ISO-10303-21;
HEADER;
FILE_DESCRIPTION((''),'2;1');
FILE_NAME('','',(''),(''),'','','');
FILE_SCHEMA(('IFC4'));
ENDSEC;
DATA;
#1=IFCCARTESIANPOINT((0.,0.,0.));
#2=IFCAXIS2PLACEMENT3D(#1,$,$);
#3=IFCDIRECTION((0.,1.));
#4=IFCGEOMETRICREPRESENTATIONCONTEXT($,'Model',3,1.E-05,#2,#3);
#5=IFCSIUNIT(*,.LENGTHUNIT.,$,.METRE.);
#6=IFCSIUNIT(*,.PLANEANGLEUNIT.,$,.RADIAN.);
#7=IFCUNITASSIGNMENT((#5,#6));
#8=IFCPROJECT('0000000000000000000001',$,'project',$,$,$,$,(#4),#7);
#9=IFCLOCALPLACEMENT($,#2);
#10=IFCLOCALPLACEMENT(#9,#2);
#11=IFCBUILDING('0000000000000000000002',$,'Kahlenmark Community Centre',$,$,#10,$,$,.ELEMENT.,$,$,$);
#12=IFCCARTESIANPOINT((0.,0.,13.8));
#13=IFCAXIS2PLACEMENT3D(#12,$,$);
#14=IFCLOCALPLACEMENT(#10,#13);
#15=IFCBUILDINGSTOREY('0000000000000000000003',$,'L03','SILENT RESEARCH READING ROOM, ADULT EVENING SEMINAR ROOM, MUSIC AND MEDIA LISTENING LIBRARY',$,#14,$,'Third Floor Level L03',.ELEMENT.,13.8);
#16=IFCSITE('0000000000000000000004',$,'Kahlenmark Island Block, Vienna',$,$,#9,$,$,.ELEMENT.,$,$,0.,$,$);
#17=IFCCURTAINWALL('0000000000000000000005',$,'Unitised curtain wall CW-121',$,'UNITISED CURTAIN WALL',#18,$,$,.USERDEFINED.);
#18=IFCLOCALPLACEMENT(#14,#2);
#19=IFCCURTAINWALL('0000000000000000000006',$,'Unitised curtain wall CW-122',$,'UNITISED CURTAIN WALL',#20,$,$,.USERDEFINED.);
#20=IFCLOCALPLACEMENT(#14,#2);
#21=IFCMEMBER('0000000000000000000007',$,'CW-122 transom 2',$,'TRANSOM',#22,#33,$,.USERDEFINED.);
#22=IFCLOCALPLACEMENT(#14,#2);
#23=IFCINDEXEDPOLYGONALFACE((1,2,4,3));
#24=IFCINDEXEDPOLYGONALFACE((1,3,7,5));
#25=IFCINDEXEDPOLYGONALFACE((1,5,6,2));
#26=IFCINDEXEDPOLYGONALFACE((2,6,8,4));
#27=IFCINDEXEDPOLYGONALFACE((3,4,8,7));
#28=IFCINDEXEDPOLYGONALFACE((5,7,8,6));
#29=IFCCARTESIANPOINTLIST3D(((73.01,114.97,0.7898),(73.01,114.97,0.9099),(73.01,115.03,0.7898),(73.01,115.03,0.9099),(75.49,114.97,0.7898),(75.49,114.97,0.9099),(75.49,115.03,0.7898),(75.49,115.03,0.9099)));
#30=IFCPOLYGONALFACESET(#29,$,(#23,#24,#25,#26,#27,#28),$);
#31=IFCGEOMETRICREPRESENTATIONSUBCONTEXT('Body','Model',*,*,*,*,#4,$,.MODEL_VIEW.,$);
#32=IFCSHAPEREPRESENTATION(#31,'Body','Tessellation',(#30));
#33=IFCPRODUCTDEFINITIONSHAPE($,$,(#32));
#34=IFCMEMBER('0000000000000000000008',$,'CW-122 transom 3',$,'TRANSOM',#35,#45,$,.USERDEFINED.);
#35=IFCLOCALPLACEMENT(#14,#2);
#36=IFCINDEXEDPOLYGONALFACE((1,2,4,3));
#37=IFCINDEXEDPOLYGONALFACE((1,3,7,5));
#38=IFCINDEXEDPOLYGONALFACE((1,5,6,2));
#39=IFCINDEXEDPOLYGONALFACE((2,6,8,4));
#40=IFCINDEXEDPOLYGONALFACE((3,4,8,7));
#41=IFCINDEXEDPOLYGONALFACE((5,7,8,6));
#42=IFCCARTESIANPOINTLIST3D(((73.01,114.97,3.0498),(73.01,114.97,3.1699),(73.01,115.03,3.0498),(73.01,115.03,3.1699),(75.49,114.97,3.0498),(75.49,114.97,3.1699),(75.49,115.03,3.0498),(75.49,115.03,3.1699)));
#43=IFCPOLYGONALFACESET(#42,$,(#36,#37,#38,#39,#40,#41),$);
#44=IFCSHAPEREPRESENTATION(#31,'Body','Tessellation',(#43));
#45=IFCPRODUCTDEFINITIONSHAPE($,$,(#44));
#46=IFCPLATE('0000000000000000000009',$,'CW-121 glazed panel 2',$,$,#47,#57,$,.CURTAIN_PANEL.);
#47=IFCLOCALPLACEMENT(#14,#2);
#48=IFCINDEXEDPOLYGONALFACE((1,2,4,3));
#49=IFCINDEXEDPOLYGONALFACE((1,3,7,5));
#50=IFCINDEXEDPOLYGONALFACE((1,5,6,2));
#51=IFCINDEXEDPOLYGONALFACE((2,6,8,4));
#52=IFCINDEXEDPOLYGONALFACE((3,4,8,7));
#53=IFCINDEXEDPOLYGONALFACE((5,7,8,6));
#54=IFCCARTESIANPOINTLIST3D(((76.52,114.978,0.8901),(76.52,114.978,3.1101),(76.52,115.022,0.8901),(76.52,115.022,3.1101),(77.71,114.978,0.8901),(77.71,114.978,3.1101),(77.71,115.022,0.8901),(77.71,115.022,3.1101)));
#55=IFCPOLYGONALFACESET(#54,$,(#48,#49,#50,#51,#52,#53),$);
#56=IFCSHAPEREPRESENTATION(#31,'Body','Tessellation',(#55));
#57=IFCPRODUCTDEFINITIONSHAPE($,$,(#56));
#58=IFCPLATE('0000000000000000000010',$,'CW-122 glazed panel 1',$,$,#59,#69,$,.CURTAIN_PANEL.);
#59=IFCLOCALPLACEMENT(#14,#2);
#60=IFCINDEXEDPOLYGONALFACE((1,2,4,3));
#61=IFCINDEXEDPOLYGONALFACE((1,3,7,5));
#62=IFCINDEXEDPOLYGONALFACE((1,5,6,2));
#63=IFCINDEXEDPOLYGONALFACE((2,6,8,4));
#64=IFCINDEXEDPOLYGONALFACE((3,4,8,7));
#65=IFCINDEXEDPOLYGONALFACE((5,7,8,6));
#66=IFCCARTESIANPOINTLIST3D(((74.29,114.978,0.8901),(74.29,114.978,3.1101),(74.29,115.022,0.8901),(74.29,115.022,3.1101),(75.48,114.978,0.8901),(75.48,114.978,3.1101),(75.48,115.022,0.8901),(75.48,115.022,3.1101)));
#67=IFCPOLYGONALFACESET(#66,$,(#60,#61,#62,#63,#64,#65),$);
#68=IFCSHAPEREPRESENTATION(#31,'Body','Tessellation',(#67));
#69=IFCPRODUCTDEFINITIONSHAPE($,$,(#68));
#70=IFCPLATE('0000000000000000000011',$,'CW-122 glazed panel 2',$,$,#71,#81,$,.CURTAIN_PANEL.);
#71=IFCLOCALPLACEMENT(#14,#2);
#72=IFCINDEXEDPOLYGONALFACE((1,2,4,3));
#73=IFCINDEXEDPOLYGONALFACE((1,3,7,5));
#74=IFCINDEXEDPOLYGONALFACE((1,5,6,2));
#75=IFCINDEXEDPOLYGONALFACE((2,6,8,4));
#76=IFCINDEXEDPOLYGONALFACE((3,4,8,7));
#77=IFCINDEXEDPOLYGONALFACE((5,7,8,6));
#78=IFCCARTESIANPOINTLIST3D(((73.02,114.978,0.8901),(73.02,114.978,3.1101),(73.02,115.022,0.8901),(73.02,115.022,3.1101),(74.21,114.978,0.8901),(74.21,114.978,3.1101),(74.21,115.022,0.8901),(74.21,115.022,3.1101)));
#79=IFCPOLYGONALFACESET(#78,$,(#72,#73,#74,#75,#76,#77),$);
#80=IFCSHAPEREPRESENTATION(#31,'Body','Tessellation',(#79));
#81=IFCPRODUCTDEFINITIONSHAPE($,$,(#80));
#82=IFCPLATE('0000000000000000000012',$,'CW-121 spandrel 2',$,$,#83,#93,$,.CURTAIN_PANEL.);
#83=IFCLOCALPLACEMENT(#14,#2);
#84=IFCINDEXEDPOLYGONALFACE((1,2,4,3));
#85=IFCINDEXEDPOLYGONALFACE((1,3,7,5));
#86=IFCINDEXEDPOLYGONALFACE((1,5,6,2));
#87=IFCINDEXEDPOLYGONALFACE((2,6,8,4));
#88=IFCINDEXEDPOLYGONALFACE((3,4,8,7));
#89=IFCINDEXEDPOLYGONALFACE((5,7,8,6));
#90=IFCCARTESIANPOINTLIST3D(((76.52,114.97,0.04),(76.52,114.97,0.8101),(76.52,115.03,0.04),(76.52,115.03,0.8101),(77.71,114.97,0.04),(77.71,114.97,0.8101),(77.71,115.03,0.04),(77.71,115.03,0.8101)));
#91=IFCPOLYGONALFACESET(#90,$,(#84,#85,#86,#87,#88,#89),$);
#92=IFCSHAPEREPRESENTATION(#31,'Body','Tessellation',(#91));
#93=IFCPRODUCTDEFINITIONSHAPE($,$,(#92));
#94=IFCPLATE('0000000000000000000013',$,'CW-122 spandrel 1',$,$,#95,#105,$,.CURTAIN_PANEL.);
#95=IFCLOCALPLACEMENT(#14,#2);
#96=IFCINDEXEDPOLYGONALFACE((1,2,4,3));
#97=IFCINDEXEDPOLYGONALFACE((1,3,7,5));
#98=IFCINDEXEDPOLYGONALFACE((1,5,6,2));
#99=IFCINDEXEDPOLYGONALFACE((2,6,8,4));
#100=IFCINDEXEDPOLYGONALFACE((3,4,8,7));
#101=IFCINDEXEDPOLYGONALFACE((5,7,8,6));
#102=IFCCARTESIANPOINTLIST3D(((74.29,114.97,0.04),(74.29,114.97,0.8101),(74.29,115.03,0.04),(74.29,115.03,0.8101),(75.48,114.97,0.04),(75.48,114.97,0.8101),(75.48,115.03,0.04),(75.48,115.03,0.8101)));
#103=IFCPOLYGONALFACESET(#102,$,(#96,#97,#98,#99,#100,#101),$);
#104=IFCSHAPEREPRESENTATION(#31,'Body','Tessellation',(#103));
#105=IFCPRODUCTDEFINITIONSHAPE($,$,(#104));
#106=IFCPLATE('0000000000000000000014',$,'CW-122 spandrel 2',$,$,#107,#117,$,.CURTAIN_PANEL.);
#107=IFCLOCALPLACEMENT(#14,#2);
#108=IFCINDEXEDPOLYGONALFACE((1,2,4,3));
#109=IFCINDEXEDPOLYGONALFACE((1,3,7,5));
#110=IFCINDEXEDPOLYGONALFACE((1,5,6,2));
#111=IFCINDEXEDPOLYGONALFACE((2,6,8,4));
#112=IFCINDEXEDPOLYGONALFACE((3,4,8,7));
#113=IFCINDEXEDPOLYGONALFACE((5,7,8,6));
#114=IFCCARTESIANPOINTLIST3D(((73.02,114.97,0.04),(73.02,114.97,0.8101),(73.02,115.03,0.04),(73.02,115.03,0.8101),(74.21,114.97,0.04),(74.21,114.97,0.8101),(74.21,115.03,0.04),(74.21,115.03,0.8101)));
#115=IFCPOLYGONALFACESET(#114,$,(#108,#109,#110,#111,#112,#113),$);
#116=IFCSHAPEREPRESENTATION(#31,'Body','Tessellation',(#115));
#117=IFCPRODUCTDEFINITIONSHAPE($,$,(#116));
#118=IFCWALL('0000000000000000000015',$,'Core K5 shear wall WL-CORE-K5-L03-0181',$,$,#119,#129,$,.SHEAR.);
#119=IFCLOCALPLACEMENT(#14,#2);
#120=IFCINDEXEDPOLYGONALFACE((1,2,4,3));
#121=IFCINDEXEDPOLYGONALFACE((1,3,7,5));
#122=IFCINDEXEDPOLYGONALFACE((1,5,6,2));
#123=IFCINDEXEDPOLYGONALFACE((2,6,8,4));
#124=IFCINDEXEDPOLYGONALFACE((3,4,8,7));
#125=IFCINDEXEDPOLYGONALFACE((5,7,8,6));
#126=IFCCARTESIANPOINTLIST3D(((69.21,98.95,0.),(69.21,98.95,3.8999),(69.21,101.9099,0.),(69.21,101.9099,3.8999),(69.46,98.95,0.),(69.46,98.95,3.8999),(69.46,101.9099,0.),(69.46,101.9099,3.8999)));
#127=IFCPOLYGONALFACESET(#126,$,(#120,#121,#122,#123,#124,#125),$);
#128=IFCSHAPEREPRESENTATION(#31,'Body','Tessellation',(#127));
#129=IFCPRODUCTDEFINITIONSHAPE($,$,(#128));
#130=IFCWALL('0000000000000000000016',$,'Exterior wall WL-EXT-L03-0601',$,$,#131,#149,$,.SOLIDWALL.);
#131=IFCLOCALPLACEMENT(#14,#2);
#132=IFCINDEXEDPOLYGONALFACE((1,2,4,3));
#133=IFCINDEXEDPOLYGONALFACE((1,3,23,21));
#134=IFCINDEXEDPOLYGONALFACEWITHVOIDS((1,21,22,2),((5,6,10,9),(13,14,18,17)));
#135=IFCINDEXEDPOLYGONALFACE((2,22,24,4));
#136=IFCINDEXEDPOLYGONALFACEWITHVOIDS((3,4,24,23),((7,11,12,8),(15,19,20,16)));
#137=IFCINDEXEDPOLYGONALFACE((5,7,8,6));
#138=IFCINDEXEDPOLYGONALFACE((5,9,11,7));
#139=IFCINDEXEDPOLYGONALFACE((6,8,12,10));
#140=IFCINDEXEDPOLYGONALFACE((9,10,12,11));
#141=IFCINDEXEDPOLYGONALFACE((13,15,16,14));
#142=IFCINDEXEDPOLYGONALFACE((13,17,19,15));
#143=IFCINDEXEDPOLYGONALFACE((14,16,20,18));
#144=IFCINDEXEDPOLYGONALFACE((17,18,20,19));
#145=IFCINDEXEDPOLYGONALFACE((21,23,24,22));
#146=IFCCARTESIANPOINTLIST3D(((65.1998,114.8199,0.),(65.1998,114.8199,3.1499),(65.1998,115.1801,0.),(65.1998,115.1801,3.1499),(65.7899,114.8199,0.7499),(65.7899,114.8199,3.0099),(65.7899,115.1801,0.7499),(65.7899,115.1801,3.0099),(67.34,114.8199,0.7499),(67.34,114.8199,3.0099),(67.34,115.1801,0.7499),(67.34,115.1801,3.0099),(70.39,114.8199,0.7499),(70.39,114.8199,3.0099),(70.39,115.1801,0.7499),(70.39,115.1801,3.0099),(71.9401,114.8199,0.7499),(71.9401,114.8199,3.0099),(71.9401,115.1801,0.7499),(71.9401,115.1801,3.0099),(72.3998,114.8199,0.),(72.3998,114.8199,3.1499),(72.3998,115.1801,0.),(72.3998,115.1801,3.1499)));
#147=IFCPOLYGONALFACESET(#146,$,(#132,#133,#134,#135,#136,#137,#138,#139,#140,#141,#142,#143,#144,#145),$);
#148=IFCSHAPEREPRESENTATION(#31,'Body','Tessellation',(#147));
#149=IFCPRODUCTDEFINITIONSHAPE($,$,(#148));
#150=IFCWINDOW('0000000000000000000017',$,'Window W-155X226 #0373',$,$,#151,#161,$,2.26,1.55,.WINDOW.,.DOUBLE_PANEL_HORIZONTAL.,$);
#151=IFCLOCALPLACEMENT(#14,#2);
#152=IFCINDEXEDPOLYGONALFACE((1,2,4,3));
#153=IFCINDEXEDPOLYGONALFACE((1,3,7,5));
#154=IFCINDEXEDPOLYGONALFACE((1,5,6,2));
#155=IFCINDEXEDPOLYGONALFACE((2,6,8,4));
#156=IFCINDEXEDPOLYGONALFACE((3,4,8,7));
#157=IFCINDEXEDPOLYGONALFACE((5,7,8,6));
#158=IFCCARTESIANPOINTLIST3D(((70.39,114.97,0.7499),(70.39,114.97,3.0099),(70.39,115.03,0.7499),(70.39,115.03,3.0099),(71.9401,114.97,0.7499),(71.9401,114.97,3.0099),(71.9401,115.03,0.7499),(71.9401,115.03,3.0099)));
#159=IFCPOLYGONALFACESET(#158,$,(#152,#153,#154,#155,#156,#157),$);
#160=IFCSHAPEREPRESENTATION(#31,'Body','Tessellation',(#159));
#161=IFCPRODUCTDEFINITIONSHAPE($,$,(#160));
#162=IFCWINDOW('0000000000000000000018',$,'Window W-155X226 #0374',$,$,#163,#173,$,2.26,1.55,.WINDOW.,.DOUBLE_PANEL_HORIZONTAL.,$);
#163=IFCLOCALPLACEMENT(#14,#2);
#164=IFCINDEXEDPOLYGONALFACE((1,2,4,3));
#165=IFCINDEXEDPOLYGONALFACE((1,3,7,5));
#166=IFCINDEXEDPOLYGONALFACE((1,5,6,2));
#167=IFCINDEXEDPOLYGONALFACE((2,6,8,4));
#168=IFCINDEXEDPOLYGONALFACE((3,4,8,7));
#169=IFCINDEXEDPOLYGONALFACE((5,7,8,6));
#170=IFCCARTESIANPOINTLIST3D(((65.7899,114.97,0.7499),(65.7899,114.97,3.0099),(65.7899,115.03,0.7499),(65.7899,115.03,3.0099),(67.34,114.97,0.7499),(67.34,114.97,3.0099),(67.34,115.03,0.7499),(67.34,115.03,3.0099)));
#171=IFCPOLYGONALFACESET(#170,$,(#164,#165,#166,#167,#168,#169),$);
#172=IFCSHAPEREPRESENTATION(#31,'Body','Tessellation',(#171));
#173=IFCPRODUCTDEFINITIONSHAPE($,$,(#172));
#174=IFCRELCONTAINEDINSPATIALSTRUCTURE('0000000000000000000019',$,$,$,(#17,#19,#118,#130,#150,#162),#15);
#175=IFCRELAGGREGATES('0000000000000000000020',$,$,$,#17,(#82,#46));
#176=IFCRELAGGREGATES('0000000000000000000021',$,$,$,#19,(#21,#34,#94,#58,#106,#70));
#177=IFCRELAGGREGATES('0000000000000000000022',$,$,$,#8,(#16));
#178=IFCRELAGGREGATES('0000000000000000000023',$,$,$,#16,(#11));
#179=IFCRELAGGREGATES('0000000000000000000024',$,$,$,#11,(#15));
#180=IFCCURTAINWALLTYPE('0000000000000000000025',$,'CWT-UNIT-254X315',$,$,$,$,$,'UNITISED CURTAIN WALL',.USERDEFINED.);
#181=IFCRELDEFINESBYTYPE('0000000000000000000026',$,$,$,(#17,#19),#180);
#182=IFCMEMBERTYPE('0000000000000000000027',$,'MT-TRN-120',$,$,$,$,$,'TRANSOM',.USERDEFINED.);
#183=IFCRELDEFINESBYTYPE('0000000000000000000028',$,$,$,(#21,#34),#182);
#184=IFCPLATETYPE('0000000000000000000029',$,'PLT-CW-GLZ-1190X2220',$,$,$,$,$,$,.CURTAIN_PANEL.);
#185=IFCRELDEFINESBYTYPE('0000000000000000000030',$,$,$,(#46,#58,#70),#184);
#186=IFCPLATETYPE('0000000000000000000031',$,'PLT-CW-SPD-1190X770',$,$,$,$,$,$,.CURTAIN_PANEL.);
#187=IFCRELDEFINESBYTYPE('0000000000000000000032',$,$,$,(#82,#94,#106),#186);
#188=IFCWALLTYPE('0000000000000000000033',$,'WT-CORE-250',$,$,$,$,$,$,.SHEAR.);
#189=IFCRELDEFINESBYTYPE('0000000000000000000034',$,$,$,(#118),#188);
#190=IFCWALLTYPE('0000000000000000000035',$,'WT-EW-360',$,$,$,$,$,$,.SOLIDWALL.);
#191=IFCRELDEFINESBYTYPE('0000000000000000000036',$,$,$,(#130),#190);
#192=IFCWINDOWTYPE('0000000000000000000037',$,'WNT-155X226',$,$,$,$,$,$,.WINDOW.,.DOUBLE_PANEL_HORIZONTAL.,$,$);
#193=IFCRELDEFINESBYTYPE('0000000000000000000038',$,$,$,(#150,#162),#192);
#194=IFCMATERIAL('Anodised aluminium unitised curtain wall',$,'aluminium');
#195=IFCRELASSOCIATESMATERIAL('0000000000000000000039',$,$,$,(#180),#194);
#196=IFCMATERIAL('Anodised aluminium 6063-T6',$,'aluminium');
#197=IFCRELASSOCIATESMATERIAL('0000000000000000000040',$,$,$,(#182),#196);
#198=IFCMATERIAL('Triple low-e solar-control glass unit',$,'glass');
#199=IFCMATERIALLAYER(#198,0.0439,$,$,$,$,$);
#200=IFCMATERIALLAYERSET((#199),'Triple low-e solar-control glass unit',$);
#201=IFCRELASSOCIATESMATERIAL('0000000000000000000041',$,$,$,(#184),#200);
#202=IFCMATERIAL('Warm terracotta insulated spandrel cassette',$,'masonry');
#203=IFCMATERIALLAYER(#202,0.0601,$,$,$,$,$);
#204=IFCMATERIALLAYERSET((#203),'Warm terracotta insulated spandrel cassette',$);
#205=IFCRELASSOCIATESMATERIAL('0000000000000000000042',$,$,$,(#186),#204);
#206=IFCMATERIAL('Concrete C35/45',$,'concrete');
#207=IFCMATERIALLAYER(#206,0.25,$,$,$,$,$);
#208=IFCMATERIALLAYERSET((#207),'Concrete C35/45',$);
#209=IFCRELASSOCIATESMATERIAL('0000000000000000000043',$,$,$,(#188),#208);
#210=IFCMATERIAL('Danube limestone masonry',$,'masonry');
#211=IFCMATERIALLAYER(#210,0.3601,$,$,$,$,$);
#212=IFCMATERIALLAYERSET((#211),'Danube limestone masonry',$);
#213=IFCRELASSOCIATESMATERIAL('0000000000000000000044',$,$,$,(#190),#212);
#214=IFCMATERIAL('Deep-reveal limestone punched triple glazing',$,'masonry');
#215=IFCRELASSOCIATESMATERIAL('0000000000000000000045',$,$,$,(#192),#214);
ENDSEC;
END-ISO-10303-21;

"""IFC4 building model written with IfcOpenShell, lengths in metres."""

from ifc_helpers import new_model, si_unit, direction, frame, frame_2d, origin, origin_2d, place, context, subcontext, project, spatial, rectangle, extrude, material, layer, layer_set, material_profile, profile_set, type_object, element, fill, aggregate, save


model = new_model("IFC4")

# Units and contexts
model_context = context("Model", 3, precision=1e-05, world=origin(), true_north=direction((0.0, 1.0)))
body_context = subcontext(model_context, "Body", "Model", "MODEL_VIEW")
ifc_project = project(units=[si_unit("LENGTHUNIT", "METRE"), si_unit("PLANEANGLEUNIT", "RADIAN")], contexts=[model_context])

# Site, building, storey
site_placement = place(None, origin())
site = spatial("IfcSite", under=ifc_project, at=site_placement, Name="Kahlenmark Island Block, Vienna", CompositionType="ELEMENT", RefElevation=0.0)
building_placement = place(site_placement, origin())
building = spatial("IfcBuilding", under=site, at=building_placement, Name="Kahlenmark Community Centre", CompositionType="ELEMENT")
storey_placement = place(building_placement, frame((0.0, 0.0, 13.8)))
storey = spatial("IfcBuildingStorey", under=building, at=storey_placement, Name="L03", Description="SILENT RESEARCH READING ROOM, ADULT EVENING SEMINAR ROOM, MUSIC AND MEDIA LISTENING LIBRARY", LongName="Third Floor Level L03", CompositionType="ELEMENT", Elevation=13.8)

# Curtain wall
ifc_material_1 = material(Name="Anodised aluminium unitised curtain wall", Category="aluminium")
curtain_wall_type = type_object("IfcCurtainWallType", Name="CWT-UNIT-254X315", ElementType="UNITISED CURTAIN WALL", PredefinedType="USERDEFINED", material=ifc_material_1)
curtain_wall_1_placement = place(storey_placement, origin())
curtain_wall_1 = element("IfcCurtainWall", 1, at=curtain_wall_1_placement, inside=storey, type_object=curtain_wall_type, Name="Unitised curtain wall CW-121", ObjectType="UNITISED CURTAIN WALL", PredefinedType="USERDEFINED")
ifc_material_2 = material(Name="Anodised aluminium 6063-T6", Category="aluminium")

# Curtain wall, members
curtain_wall_2_placement = place(storey_placement, origin())
curtain_wall_2 = element("IfcCurtainWall", 2, at=curtain_wall_2_placement, inside=storey, type_object=curtain_wall_type, Name="Unitised curtain wall CW-122", ObjectType="UNITISED CURTAIN WALL", PredefinedType="USERDEFINED")
ifc_material_profile_1 = material_profile(ifc_material_2, rectangle(XDim=0.0601, YDim=0.1201, at=origin_2d()), Name="ALU TRANSOM 60x120")
ifc_profile_set_1 = profile_set([ifc_material_profile_1], Name="Anodised aluminium 6063-T6")
member_type_1 = type_object("IfcMemberType", Name="MT-TRN-120", ElementType="TRANSOM", PredefinedType="USERDEFINED", material=ifc_profile_set_1)
member_1_placement = place(storey_placement, frame((75.49, 115.0, 0.8499), z_axis=(-1.0, 0.0, 0.0), x_axis=(0.0, -1.0, 0.0)))
member_1 = element("IfcMember", 3, at=member_1_placement, type_object=member_type_1, Name="CW-122 transom 2", ObjectType="TRANSOM", PredefinedType="USERDEFINED", context=body_context, shape_type="SweptSolid", body=[
    extrude(rectangle(XDim=0.0601, YDim=0.1201, at=origin_2d()), origin(), (0.0, 0.0, 1.0), 2.48),
])
member_2_placement = place(storey_placement, frame((75.49, 115.0, 3.1099), z_axis=(-1.0, 0.0, 0.0), x_axis=(0.0, -1.0, 0.0)))
member_2 = element("IfcMember", 4, at=member_2_placement, type_object=member_type_1, Name="CW-122 transom 3", ObjectType="TRANSOM", PredefinedType="USERDEFINED", context=body_context, shape_type="SweptSolid", body=[
    extrude(rectangle(XDim=0.0601, YDim=0.1201, at=origin_2d()), origin(), (0.0, 0.0, 1.0), 2.48),
])

# Plates
ifc_material_3 = material(Name="Triple low-e solar-control glass unit", Category="glass")
ifc_layer_1 = layer(ifc_material_3, 0.0439)
ifc_layer_set_1 = layer_set([ifc_layer_1], Name="Triple low-e solar-control glass unit")
plate_type_1 = type_object("IfcPlateType", Name="PLT-CW-GLZ-1190X2220", PredefinedType="CURTAIN_PANEL", material=ifc_layer_set_1)
plate_1_placement = place(storey_placement, frame((77.115, 115.0, 0.8901), z_axis=(0.0, 0.0, 1.0), x_axis=(-1.0, 0.0, 0.0)))
plate_1 = element("IfcPlate", 5, at=plate_1_placement, type_object=plate_type_1, Name="CW-121 glazed panel 2", PredefinedType="CURTAIN_PANEL", context=body_context, shape_type="SweptSolid", body=[
    extrude(rectangle(XDim=1.1899, YDim=0.0439, at=origin_2d()), origin(), (0.0, 0.0, 1.0), 2.22),
])
plate_2_placement = place(storey_placement, frame((74.885, 115.0, 0.8901), z_axis=(0.0, 0.0, 1.0), x_axis=(-1.0, 0.0, 0.0)))
plate_2 = element("IfcPlate", 6, at=plate_2_placement, type_object=plate_type_1, Name="CW-122 glazed panel 1", PredefinedType="CURTAIN_PANEL", context=body_context, shape_type="SweptSolid", body=[
    extrude(rectangle(XDim=1.1899, YDim=0.0439, at=origin_2d()), origin(), (0.0, 0.0, 1.0), 2.22),
])
plate_3_placement = place(storey_placement, frame((73.615, 115.0, 0.8901), z_axis=(0.0, 0.0, 1.0), x_axis=(-1.0, 0.0, 0.0)))
plate_3 = element("IfcPlate", 7, at=plate_3_placement, type_object=plate_type_1, Name="CW-122 glazed panel 2", PredefinedType="CURTAIN_PANEL", context=body_context, shape_type="SweptSolid", body=[
    extrude(rectangle(XDim=1.1899, YDim=0.0439, at=origin_2d()), origin(), (0.0, 0.0, 1.0), 2.22),
])
ifc_material_4 = material(Name="Warm terracotta insulated spandrel cassette", Category="masonry")
ifc_layer_2 = layer(ifc_material_4, 0.0601)
ifc_layer_set_2 = layer_set([ifc_layer_2], Name="Warm terracotta insulated spandrel cassette")
plate_type_2 = type_object("IfcPlateType", Name="PLT-CW-SPD-1190X770", PredefinedType="CURTAIN_PANEL", material=ifc_layer_set_2)
plate_4_placement = place(storey_placement, frame((77.115, 115.0, 0.04), z_axis=(0.0, 0.0, 1.0), x_axis=(-1.0, 0.0, 0.0)))
plate_4 = element("IfcPlate", 8, at=plate_4_placement, type_object=plate_type_2, Name="CW-121 spandrel 2", PredefinedType="CURTAIN_PANEL", context=body_context, shape_type="SweptSolid", body=[
    extrude(rectangle(XDim=1.1899, YDim=0.0601, at=origin_2d()), origin(), (0.0, 0.0, 1.0), 0.77),
])
aggregate(curtain_wall_1, [plate_4, plate_1])
plate_5_placement = place(storey_placement, frame((74.885, 115.0, 0.04), z_axis=(0.0, 0.0, 1.0), x_axis=(-1.0, 0.0, 0.0)))
plate_5 = element("IfcPlate", 9, at=plate_5_placement, type_object=plate_type_2, Name="CW-122 spandrel 1", PredefinedType="CURTAIN_PANEL", context=body_context, shape_type="SweptSolid", body=[
    extrude(rectangle(XDim=1.1899, YDim=0.0601, at=origin_2d()), origin(), (0.0, 0.0, 1.0), 0.77),
])
plate_6_placement = place(storey_placement, frame((73.615, 115.0, 0.04), z_axis=(0.0, 0.0, 1.0), x_axis=(-1.0, 0.0, 0.0)))
plate_6 = element("IfcPlate", 10, at=plate_6_placement, type_object=plate_type_2, Name="CW-122 spandrel 2", PredefinedType="CURTAIN_PANEL", context=body_context, shape_type="SweptSolid", body=[
    extrude(rectangle(XDim=1.1899, YDim=0.0601, at=origin_2d()), origin(), (0.0, 0.0, 1.0), 0.77),
])
aggregate(curtain_wall_2, [member_1, member_2, plate_5, plate_2, plate_6, plate_3])

# Wall
ifc_material_5 = material(Name="Concrete C35/45", Category="concrete")
ifc_layer_3 = layer(ifc_material_5, 0.25)
ifc_layer_set_3 = layer_set([ifc_layer_3], Name="Concrete C35/45")
wall_type_1 = type_object("IfcWallType", Name="WT-CORE-250", PredefinedType="SHEAR", material=ifc_layer_set_3)
wall_1_placement = place(storey_placement, frame((69.335, 98.95, 0.0), z_axis=(0.0, 0.0, 1.0), x_axis=(0.0, 1.0, 0.0)))
element("IfcWall", 11, at=wall_1_placement, inside=storey, type_object=wall_type_1, Name="Core K5 shear wall WL-CORE-K5-L03-0181", PredefinedType="SHEAR", context=body_context, shape_type="SweptSolid", body=[
    extrude(rectangle(XDim=2.96, YDim=0.25, at=frame_2d((1.48, 0.0))), origin(), (0.0, 0.0, 1.0), 3.8999),
])

# Wall, openings, windows
ifc_material_6 = material(Name="Danube limestone masonry", Category="masonry")
ifc_layer_4 = layer(ifc_material_6, 0.3601)
ifc_layer_set_4 = layer_set([ifc_layer_4], Name="Danube limestone masonry")
wall_type_2 = type_object("IfcWallType", Name="WT-EW-360", PredefinedType="SOLIDWALL", material=ifc_layer_set_4)
wall_2_placement = place(storey_placement, frame((72.3999, 115.0, 0.0), z_axis=(0.0, 0.0, 1.0), x_axis=(-1.0, 0.0, 0.0)))
wall_2 = element("IfcWall", 12, at=wall_2_placement, inside=storey, type_object=wall_type_2, Name="Exterior wall WL-EXT-L03-0601", PredefinedType="SOLIDWALL", context=body_context, shape_type="SweptSolid", body=[
    extrude(rectangle(XDim=7.2, YDim=0.3601, at=frame_2d((3.6001, 0.0))), origin(), (0.0, 0.0, 1.0), 3.1499),
])
opening_1_placement = place(wall_2_placement, frame((0.46, 0.0, 0.75)))
opening_1 = element("IfcOpeningElement", 13, at=opening_1_placement, cuts=wall_2, PredefinedType="OPENING", context=body_context, shape_type="SweptSolid", body=[
    extrude(rectangle(XDim=1.55, YDim=2.26, at=frame_2d((0.7749, 1.1299))), frame((0.0, 0.1899, 0.0), z_axis=(0.0, -1.0, 0.0), x_axis=(1.0, 0.0, 0.0)), (0.0, 0.0, 1.0), 0.3801),
])
opening_2_placement = place(wall_2_placement, frame((5.0601, 0.0, 0.75)))
opening_2 = element("IfcOpeningElement", 14, at=opening_2_placement, cuts=wall_2, PredefinedType="OPENING", context=body_context, shape_type="SweptSolid", body=[
    extrude(rectangle(XDim=1.55, YDim=2.26, at=frame_2d((0.7749, 1.1299))), frame((0.0, 0.1899, 0.0), z_axis=(0.0, -1.0, 0.0), x_axis=(1.0, 0.0, 0.0)), (0.0, 0.0, 1.0), 0.3801),
])
ifc_material_7 = material(Name="Deep-reveal limestone punched triple glazing", Category="masonry")
window_type = type_object("IfcWindowType", Name="WNT-155X226", PartitioningType="DOUBLE_PANEL_HORIZONTAL", PredefinedType="WINDOW", material=ifc_material_7)
window_1_placement = place(opening_1_placement, origin())
window_1 = element("IfcWindow", 15, at=window_1_placement, inside=storey, type_object=window_type, Name="Window W-155X226 #0373", OverallHeight=2.26, OverallWidth=1.55, PartitioningType="DOUBLE_PANEL_HORIZONTAL", PredefinedType="WINDOW", context=body_context, shape_type="SweptSolid", body=[
    extrude(rectangle(XDim=1.55, YDim=2.26, at=frame_2d((0.7749, 1.1299))), frame((0.0, 0.03, 0.0), z_axis=(0.0, -1.0, 0.0), x_axis=(1.0, 0.0, 0.0)), (0.0, 0.0, 1.0), 0.0601),
])
fill(opening_1, window_1)
window_2_placement = place(opening_2_placement, origin())
window_2 = element("IfcWindow", 16, at=window_2_placement, inside=storey, type_object=window_type, Name="Window W-155X226 #0374", OverallHeight=2.26, OverallWidth=1.55, PartitioningType="DOUBLE_PANEL_HORIZONTAL", PredefinedType="WINDOW", context=body_context, shape_type="SweptSolid", body=[
    extrude(rectangle(XDim=1.55, YDim=2.26, at=frame_2d((0.7749, 1.1299))), frame((0.0, 0.03, 0.0), z_axis=(0.0, -1.0, 0.0), x_axis=(1.0, 0.0, 0.0)), (0.0, 0.0, 1.0), 0.0601),
])
fill(opening_2, window_2)

save(model, "model.ifc")
